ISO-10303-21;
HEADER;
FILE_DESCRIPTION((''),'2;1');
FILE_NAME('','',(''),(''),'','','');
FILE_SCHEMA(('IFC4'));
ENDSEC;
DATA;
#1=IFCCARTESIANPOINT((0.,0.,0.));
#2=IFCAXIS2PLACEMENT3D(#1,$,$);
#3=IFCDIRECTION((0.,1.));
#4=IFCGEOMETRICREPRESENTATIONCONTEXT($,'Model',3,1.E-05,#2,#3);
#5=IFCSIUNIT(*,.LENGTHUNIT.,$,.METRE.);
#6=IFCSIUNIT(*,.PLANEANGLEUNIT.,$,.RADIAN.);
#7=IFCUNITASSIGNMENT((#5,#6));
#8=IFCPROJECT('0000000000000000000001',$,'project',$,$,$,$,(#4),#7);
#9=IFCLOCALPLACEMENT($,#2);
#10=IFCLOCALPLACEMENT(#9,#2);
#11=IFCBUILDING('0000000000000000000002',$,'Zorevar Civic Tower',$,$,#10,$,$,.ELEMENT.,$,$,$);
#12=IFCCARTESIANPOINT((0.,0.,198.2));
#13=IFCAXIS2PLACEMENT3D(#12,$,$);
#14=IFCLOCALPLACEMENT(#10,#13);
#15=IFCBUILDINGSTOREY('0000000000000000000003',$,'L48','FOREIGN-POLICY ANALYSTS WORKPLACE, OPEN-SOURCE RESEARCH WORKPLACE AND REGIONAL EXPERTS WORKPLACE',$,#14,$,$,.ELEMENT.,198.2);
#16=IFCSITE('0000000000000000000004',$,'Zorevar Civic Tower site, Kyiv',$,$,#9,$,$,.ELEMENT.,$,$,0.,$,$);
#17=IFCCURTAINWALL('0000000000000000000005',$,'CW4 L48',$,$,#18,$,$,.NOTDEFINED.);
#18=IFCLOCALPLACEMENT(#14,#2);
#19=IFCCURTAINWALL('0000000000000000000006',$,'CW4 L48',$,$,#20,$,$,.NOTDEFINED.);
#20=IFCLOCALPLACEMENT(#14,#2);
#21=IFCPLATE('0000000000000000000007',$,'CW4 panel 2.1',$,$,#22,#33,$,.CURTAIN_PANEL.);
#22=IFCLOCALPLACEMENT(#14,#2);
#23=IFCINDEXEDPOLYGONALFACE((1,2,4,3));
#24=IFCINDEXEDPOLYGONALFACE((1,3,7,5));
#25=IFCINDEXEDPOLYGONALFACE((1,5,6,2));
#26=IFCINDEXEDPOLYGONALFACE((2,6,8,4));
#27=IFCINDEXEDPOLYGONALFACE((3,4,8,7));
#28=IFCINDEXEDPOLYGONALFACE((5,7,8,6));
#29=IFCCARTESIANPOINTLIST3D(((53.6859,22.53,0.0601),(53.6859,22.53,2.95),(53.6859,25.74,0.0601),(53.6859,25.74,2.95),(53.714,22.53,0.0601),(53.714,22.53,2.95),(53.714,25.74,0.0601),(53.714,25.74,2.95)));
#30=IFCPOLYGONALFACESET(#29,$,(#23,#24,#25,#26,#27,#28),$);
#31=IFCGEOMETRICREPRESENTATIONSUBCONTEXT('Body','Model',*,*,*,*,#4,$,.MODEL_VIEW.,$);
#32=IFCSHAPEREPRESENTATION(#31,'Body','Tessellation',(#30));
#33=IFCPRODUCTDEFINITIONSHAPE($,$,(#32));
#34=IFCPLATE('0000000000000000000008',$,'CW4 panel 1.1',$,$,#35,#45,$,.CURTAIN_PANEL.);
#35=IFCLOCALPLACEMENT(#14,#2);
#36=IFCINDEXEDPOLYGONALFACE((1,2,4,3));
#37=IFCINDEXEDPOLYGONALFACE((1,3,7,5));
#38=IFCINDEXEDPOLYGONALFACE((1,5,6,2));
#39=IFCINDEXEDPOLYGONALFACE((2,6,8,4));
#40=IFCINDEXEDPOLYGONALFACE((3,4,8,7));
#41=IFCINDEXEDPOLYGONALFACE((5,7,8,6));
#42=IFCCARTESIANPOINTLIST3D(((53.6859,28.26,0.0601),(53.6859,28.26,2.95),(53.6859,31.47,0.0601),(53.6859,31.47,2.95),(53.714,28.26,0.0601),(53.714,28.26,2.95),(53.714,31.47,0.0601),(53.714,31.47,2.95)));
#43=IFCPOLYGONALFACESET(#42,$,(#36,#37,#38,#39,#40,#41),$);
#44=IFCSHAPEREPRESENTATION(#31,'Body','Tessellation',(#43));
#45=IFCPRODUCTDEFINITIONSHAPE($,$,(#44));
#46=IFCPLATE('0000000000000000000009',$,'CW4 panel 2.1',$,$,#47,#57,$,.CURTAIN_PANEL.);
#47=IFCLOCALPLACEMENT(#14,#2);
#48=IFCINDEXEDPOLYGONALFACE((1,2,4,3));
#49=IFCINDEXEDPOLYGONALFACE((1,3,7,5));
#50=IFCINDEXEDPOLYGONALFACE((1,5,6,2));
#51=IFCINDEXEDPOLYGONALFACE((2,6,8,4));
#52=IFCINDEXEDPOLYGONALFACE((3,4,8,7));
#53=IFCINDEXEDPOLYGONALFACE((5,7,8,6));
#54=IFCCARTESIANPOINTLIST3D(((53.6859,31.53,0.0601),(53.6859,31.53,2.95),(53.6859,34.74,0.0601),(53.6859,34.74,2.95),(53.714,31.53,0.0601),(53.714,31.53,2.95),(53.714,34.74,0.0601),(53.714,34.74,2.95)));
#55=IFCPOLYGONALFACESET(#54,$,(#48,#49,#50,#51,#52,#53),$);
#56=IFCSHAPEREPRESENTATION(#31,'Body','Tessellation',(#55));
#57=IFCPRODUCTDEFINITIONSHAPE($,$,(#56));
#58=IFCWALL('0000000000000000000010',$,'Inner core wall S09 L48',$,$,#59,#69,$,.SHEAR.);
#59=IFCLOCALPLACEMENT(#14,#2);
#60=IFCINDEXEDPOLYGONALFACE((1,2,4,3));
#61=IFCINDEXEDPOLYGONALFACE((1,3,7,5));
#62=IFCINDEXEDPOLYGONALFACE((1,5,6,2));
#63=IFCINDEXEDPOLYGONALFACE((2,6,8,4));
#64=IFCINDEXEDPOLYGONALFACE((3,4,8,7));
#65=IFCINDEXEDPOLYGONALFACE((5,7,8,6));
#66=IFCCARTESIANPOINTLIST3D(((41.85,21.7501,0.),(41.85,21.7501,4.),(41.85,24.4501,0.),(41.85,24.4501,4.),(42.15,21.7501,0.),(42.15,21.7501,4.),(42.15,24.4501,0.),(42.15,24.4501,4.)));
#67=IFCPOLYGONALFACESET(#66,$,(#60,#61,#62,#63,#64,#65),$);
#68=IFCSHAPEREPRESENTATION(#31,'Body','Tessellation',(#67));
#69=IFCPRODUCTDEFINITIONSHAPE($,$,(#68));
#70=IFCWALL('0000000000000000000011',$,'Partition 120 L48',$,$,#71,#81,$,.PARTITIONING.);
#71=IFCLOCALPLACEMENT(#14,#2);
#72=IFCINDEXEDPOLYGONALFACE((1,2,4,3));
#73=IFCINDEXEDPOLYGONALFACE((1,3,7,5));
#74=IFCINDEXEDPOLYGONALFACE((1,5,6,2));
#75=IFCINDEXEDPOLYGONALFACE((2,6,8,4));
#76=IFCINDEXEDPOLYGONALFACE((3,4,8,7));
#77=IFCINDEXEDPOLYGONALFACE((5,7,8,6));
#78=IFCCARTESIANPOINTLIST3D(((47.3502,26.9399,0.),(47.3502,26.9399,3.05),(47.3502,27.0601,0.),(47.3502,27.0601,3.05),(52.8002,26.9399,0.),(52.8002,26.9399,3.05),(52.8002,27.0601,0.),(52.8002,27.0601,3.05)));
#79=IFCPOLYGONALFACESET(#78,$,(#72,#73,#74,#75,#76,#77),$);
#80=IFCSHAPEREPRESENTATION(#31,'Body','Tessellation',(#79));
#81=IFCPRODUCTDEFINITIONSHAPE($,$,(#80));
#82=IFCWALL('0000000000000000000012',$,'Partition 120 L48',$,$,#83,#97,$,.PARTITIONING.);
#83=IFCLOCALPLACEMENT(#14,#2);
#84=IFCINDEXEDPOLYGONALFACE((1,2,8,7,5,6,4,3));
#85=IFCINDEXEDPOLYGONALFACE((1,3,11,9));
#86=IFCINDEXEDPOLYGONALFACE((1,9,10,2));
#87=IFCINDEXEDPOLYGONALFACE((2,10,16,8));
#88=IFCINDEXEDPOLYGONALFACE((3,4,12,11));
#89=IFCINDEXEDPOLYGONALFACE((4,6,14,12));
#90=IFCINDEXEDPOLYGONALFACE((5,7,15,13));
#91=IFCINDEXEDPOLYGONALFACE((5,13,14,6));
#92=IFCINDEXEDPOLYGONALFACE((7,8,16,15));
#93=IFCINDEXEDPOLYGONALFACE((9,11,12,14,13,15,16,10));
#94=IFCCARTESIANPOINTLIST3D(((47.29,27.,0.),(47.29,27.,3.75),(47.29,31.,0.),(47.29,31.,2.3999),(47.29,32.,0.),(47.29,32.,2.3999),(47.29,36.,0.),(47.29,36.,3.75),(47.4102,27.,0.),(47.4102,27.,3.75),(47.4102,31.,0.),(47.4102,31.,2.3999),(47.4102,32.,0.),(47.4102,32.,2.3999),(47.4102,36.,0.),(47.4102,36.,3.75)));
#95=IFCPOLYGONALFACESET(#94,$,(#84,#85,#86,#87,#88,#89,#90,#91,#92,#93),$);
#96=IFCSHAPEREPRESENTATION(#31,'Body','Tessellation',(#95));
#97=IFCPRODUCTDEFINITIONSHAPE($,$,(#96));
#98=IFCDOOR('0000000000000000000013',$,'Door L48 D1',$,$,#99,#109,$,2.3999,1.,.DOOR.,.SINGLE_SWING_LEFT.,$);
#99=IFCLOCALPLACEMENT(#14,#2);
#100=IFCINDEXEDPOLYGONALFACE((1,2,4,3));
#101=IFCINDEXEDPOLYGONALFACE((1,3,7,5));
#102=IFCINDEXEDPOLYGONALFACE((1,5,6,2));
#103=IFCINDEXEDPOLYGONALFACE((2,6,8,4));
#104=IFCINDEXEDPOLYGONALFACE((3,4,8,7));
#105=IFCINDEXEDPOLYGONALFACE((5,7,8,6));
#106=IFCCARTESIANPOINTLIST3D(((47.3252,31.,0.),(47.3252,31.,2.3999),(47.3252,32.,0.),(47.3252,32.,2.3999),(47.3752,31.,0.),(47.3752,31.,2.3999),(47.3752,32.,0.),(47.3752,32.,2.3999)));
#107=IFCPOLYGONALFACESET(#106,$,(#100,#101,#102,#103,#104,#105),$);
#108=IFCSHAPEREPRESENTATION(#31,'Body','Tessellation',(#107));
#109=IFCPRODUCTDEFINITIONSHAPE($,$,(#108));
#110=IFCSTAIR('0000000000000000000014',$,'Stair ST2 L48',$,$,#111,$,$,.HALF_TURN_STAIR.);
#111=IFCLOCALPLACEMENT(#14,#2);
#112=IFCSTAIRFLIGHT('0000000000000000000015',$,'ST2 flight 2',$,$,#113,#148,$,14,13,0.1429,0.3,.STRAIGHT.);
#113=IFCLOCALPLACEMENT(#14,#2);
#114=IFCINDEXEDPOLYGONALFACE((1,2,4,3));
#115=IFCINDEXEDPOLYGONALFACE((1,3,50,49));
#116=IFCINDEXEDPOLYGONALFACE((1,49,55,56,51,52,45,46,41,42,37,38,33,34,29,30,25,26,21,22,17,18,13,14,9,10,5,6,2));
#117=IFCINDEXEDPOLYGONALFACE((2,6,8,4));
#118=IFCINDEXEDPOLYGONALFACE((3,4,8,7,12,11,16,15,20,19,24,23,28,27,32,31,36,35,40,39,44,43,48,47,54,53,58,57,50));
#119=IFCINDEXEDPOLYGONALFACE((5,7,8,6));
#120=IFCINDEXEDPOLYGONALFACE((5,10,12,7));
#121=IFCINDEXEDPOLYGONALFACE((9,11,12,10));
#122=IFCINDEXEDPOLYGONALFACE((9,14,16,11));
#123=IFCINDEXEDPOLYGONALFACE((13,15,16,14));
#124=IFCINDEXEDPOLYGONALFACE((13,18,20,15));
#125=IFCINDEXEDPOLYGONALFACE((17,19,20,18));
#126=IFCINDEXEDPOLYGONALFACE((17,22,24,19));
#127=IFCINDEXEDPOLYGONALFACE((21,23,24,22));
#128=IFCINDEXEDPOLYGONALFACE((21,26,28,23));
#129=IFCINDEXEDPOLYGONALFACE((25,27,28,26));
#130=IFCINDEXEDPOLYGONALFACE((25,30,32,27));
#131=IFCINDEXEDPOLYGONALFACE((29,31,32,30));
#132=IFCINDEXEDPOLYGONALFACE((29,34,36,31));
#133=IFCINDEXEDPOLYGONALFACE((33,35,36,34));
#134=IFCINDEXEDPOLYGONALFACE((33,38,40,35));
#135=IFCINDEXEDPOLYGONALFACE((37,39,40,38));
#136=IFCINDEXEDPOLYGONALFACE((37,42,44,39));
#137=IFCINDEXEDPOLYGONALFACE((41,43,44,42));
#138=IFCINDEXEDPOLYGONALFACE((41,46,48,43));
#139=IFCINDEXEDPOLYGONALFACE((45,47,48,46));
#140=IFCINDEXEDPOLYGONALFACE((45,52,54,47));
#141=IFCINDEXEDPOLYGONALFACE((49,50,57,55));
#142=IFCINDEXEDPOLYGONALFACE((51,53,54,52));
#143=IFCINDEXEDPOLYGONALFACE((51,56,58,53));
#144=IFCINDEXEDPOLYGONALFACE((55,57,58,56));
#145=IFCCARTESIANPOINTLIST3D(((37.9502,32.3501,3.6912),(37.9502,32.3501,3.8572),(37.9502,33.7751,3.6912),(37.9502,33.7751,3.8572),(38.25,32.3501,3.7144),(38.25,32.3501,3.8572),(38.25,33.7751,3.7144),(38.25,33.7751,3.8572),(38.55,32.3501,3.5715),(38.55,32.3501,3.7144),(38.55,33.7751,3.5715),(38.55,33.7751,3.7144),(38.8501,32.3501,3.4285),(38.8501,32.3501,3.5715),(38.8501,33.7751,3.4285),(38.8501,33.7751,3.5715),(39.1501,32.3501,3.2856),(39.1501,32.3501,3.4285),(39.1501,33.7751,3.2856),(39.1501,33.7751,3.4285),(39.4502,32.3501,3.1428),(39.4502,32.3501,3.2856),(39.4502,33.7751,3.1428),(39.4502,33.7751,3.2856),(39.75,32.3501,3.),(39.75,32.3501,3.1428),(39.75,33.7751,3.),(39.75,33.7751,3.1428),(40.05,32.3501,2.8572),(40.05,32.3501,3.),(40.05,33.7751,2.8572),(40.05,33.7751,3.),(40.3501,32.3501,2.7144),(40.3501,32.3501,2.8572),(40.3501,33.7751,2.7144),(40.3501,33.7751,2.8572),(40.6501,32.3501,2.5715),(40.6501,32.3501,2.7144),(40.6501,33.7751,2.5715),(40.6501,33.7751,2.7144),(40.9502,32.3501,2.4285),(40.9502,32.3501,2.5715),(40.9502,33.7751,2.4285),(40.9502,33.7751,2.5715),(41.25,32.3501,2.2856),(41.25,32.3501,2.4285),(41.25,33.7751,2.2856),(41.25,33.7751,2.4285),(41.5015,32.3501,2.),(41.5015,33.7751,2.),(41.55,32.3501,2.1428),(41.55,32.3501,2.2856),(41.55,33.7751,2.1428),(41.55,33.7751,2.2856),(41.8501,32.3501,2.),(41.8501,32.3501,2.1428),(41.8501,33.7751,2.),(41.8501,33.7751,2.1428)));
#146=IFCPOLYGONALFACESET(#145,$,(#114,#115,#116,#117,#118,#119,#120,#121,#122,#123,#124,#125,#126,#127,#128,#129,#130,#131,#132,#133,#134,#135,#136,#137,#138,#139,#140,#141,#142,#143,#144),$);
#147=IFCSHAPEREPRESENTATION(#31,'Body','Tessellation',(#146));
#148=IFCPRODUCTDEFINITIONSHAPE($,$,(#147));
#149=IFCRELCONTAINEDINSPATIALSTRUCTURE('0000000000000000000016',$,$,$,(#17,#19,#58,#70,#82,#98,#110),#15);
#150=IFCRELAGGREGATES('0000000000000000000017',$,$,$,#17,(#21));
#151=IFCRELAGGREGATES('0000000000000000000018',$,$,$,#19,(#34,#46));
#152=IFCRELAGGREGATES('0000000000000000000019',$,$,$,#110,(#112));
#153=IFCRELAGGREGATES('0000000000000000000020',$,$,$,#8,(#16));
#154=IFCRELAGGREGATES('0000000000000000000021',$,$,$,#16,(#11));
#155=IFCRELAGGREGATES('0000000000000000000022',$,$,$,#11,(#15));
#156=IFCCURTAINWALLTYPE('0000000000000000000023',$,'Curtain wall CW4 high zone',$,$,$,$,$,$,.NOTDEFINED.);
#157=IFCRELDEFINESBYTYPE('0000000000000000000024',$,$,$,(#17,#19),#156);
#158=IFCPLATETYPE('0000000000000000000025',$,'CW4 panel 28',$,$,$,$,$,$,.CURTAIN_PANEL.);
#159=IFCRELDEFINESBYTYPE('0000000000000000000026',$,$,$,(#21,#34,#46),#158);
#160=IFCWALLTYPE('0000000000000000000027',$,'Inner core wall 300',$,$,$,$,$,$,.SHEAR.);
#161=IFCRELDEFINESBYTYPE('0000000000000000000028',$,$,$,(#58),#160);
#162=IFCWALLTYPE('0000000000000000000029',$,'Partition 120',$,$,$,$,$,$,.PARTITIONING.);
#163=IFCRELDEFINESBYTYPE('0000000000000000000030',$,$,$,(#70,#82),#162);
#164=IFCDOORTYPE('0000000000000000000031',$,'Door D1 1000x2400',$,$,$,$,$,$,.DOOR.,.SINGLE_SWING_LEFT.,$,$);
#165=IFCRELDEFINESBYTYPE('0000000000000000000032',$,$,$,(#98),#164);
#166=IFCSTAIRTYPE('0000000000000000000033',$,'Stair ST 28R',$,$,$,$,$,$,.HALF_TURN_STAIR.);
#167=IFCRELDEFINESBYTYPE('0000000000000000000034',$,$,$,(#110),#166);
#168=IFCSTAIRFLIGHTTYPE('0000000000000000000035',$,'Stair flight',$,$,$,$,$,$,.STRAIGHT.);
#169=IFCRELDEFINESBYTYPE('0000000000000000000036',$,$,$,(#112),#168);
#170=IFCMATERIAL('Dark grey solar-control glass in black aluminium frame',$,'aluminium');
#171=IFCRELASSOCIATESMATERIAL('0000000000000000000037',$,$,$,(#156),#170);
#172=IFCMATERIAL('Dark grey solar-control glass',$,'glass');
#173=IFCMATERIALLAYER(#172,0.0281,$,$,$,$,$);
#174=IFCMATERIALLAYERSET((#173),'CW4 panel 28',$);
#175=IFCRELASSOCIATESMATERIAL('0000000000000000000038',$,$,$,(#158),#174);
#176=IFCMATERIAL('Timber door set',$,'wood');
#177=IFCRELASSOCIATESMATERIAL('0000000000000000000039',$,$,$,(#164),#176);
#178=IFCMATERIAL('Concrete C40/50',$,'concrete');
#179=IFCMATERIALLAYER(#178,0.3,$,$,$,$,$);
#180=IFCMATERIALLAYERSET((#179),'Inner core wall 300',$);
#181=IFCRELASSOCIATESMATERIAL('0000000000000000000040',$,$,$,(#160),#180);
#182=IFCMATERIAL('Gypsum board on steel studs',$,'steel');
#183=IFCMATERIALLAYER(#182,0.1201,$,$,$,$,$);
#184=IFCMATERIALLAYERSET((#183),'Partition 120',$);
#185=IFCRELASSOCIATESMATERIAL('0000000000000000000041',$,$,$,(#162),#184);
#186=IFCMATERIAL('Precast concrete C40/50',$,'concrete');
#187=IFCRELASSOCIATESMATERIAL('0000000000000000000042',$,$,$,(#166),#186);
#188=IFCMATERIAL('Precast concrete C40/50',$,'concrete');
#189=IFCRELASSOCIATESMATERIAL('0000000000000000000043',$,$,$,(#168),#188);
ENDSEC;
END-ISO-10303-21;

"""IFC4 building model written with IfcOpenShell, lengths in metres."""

from ifc_helpers import new_model, si_unit, direction, frame, frame_2d, origin, origin_2d, place, context, subcontext, project, spatial, polyline, rectangle, outline, extrude, material, layer, layer_set, type_object, element, fill, aggregate, save


model = new_model("IFC4")

# Units and contexts
model_context = context("Model", 3, precision=1e-05, world=origin(), true_north=direction((0.0, 1.0)))
body_context = subcontext(model_context, "Body", "Model", "MODEL_VIEW")
ifc_project = project(units=[si_unit("LENGTHUNIT", "METRE"), si_unit("PLANEANGLEUNIT", "RADIAN")], contexts=[model_context])

# Site, building, storey
site_placement = place(None, origin())
site = spatial("IfcSite", under=ifc_project, at=site_placement, Name="Zorevar Civic Tower site, Kyiv", CompositionType="ELEMENT", RefElevation=0.0)
building_placement = place(site_placement, origin())
building = spatial("IfcBuilding", under=site, at=building_placement, Name="Zorevar Civic Tower", CompositionType="ELEMENT")
storey_placement = place(building_placement, frame((0.0, 0.0, 198.2)))
storey = spatial("IfcBuildingStorey", under=building, at=storey_placement, Name="L48", Description="FOREIGN-POLICY ANALYSTS WORKPLACE, OPEN-SOURCE RESEARCH WORKPLACE AND REGIONAL EXPERTS WORKPLACE", CompositionType="ELEMENT", Elevation=198.2)

# Curtain walls
ifc_material_1 = material(Name="Dark grey solar-control glass in black aluminium frame", Category="aluminium")
curtain_wall_type = type_object("IfcCurtainWallType", Name="Curtain wall CW4 high zone", PredefinedType="NOTDEFINED", material=ifc_material_1)
curtain_wall_1_placement = place(storey_placement, origin())
curtain_wall_1 = element("IfcCurtainWall", 1, at=curtain_wall_1_placement, inside=storey, type_object=curtain_wall_type, Name="CW4 L48", PredefinedType="NOTDEFINED")
curtain_wall_2_placement = place(storey_placement, origin())
curtain_wall_2 = element("IfcCurtainWall", 2, at=curtain_wall_2_placement, inside=storey, type_object=curtain_wall_type, Name="CW4 L48", PredefinedType="NOTDEFINED")

# Plates
ifc_material_2 = material(Name="Dark grey solar-control glass", Category="glass")
ifc_layer_1 = layer(ifc_material_2, 0.0281)
ifc_layer_set_1 = layer_set([ifc_layer_1], Name="CW4 panel 28")
plate_type = type_object("IfcPlateType", Name="CW4 panel 28", PredefinedType="CURTAIN_PANEL", material=ifc_layer_set_1)
plate_1_placement = place(storey_placement, frame((53.7, 24.135, 0.0601), z_axis=(0.0, 0.0, 1.0), x_axis=(0.0, 1.0, 0.0)))
plate_1 = element("IfcPlate", 3, at=plate_1_placement, type_object=plate_type, Name="CW4 panel 2.1", PredefinedType="CURTAIN_PANEL", context=body_context, shape_type="SweptSolid", body=[
    extrude(rectangle(XDim=3.21, YDim=0.0281, at=origin_2d()), origin(), (0.0, 0.0, 1.0), 2.8899),
])
aggregate(curtain_wall_1, [plate_1])
plate_2_placement = place(storey_placement, frame((53.7, 29.865, 0.0601), z_axis=(0.0, 0.0, 1.0), x_axis=(0.0, 1.0, 0.0)))
plate_2 = element("IfcPlate", 4, at=plate_2_placement, type_object=plate_type, Name="CW4 panel 1.1", PredefinedType="CURTAIN_PANEL", context=body_context, shape_type="SweptSolid", body=[
    extrude(rectangle(XDim=3.21, YDim=0.0281, at=origin_2d()), origin(), (0.0, 0.0, 1.0), 2.8899),
])
plate_3_placement = place(storey_placement, frame((53.7, 33.135, 0.0601), z_axis=(0.0, 0.0, 1.0), x_axis=(0.0, 1.0, 0.0)))
plate_3 = element("IfcPlate", 5, at=plate_3_placement, type_object=plate_type, Name="CW4 panel 2.1", PredefinedType="CURTAIN_PANEL", context=body_context, shape_type="SweptSolid", body=[
    extrude(rectangle(XDim=3.21, YDim=0.0281, at=origin_2d()), origin(), (0.0, 0.0, 1.0), 2.8899),
])
aggregate(curtain_wall_2, [plate_2, plate_3])

# Shared definitions
ifc_material_3 = material(Name="Timber door set", Category="wood")
door_type_1 = type_object("IfcDoorType", Name="Door D1 1000x2400", OperationType="SINGLE_SWING_LEFT", PredefinedType="DOOR", material=ifc_material_3)

# Shared definitions
ifc_material_4 = material(Name="Concrete C40/50", Category="concrete")
ifc_layer_2 = layer(ifc_material_4, 0.3)
ifc_layer_set_2 = layer_set([ifc_layer_2], Name="Inner core wall 300")
wall_type_1 = type_object("IfcWallType", Name="Inner core wall 300", PredefinedType="SHEAR", material=ifc_layer_set_2)

# Walls
wall_1_placement = place(storey_placement, frame((42.0, 21.75, 0.0), z_axis=(0.0, 0.0, 1.0), x_axis=(0.0, 1.0, 0.0)))
element("IfcWall", 6, at=wall_1_placement, inside=storey, type_object=wall_type_1, Name="Inner core wall S09 L48", PredefinedType="SHEAR", context=body_context, shape_type="SweptSolid", body=[
    extrude(rectangle(XDim=2.7, YDim=0.3, at=frame_2d((1.3501, 0.0))), origin(), (0.0, 0.0, 1.0), 4.0),
])
ifc_material_5 = material(Name="Gypsum board on steel studs", Category="steel")
ifc_layer_3 = layer(ifc_material_5, 0.1201)
ifc_layer_set_3 = layer_set([ifc_layer_3], Name="Partition 120")
wall_type_2 = type_object("IfcWallType", Name="Partition 120", PredefinedType="PARTITIONING", material=ifc_layer_set_3)
wall_2_placement = place(storey_placement, frame((47.3501, 27.0, 0.0), z_axis=(0.0, 0.0, 1.0), x_axis=(1.0, 0.0, 0.0)))
element("IfcWall", 7, at=wall_2_placement, inside=storey, type_object=wall_type_2, Name="Partition 120 L48", PredefinedType="PARTITIONING", context=body_context, shape_type="SweptSolid", body=[
    extrude(rectangle(XDim=5.45, YDim=0.1201, at=frame_2d((2.7251, 0.0))), origin(), (0.0, 0.0, 1.0), 3.05),
])

# Wall, opening, door
wall_3_placement = place(storey_placement, frame((47.3501, 27.0, 0.0), z_axis=(0.0, 0.0, 1.0), x_axis=(0.0, 1.0, 0.0)))
wall_3 = element("IfcWall", 8, at=wall_3_placement, inside=storey, type_object=wall_type_2, Name="Partition 120 L48", PredefinedType="PARTITIONING", context=body_context, shape_type="SweptSolid", body=[
    extrude(rectangle(XDim=9.0, YDim=0.1201, at=frame_2d((4.5, 0.0))), origin(), (0.0, 0.0, 1.0), 3.75),
])
opening_1_placement = place(wall_3_placement, frame((4.0, 0.0, 0.0)))
opening_1 = element("IfcOpeningElement", 9, at=opening_1_placement, cuts=wall_3, PredefinedType="OPENING", context=body_context, shape_type="SweptSolid", body=[
    extrude(rectangle(XDim=1.0, YDim=2.3999, at=frame_2d((0.5, 1.2))), frame((0.0, 0.0701, 0.0), z_axis=(0.0, -1.0, 0.0), x_axis=(1.0, 0.0, 0.0)), (0.0, 0.0, 1.0), 0.1401),
])
door_1_placement = place(opening_1_placement, origin())
door_1 = element("IfcDoor", 10, at=door_1_placement, inside=storey, type_object=door_type_1, Name="Door L48 D1", OperationType="SINGLE_SWING_LEFT", OverallHeight=2.3999, OverallWidth=1.0, PredefinedType="DOOR", context=body_context, shape_type="SweptSolid", body=[
    extrude(rectangle(XDim=1.0, YDim=2.3999, at=frame_2d((0.5, 1.2))), frame((0.0, 0.0249, 0.0), z_axis=(0.0, -1.0, 0.0), x_axis=(1.0, 0.0, 0.0)), (0.0, 0.0, 1.0), 0.05),
])
fill(opening_1, door_1)

# Stair, stair flight
ifc_material_6 = material(Name="Precast concrete C40/50", Category="concrete")
stair_type = type_object("IfcStairType", Name="Stair ST 28R", PredefinedType="HALF_TURN_STAIR", material=ifc_material_6)
stair_placement = place(storey_placement, origin())
stair = element("IfcStair", 11, at=stair_placement, inside=storey, type_object=stair_type, Name="Stair ST2 L48", PredefinedType="HALF_TURN_STAIR")
ifc_material_7 = material(Name="Precast concrete C40/50", Category="concrete")
stair_flight_type = type_object("IfcStairFlightType", Name="Stair flight", PredefinedType="STRAIGHT", material=ifc_material_7)
stair_flight_placement = place(storey_placement, frame((41.8501, 33.0625, 2.0), z_axis=(0.0, 0.0, 1.0), x_axis=(-1.0, 0.0, 0.0)))
stair_flight = element("IfcStairFlight", 12, at=stair_flight_placement, type_object=stair_flight_type, Name="ST2 flight 2", NumberOfRisers=14, NumberOfTreads=13, PredefinedType="STRAIGHT", RiserHeight=0.1429, TreadLength=0.3, context=body_context, shape_type="SweptSolid", body=[
    extrude(outline(polyline([(0.0, 0.0), (0.0, 0.1428), (0.3, 0.1428), (0.3, 0.2856), (0.6001, 0.2856), (0.6001, 0.4285), (0.8999, 0.4285), (0.8999, 0.5715), (1.2, 0.5715), (1.2, 0.7144), (1.5, 0.7144), (1.5, 0.8572), (1.8, 0.8572), (1.8, 1.0), (2.1001, 1.0), (2.1001, 1.1428), (2.3999, 1.1428), (2.3999, 1.2856), (2.7, 1.2856), (2.7, 1.4285), (3.0, 1.4285), (3.0, 1.5715), (3.3, 1.5715), (3.3, 1.7144), (3.6001, 1.7144), (3.6001, 1.8572), (3.8999, 1.8572), (3.8999, 2.0), (3.8999, 1.6912), (0.3486, 0.0), (0.0, 0.0)])), frame((0.0, 0.7124, 0.0), z_axis=(0.0, -1.0, 0.0), x_axis=(1.0, 0.0, 0.0)), (0.0, 0.0, 1.0), 1.425),
])
aggregate(stair, [stair_flight])

save(model, "model.ifc")
